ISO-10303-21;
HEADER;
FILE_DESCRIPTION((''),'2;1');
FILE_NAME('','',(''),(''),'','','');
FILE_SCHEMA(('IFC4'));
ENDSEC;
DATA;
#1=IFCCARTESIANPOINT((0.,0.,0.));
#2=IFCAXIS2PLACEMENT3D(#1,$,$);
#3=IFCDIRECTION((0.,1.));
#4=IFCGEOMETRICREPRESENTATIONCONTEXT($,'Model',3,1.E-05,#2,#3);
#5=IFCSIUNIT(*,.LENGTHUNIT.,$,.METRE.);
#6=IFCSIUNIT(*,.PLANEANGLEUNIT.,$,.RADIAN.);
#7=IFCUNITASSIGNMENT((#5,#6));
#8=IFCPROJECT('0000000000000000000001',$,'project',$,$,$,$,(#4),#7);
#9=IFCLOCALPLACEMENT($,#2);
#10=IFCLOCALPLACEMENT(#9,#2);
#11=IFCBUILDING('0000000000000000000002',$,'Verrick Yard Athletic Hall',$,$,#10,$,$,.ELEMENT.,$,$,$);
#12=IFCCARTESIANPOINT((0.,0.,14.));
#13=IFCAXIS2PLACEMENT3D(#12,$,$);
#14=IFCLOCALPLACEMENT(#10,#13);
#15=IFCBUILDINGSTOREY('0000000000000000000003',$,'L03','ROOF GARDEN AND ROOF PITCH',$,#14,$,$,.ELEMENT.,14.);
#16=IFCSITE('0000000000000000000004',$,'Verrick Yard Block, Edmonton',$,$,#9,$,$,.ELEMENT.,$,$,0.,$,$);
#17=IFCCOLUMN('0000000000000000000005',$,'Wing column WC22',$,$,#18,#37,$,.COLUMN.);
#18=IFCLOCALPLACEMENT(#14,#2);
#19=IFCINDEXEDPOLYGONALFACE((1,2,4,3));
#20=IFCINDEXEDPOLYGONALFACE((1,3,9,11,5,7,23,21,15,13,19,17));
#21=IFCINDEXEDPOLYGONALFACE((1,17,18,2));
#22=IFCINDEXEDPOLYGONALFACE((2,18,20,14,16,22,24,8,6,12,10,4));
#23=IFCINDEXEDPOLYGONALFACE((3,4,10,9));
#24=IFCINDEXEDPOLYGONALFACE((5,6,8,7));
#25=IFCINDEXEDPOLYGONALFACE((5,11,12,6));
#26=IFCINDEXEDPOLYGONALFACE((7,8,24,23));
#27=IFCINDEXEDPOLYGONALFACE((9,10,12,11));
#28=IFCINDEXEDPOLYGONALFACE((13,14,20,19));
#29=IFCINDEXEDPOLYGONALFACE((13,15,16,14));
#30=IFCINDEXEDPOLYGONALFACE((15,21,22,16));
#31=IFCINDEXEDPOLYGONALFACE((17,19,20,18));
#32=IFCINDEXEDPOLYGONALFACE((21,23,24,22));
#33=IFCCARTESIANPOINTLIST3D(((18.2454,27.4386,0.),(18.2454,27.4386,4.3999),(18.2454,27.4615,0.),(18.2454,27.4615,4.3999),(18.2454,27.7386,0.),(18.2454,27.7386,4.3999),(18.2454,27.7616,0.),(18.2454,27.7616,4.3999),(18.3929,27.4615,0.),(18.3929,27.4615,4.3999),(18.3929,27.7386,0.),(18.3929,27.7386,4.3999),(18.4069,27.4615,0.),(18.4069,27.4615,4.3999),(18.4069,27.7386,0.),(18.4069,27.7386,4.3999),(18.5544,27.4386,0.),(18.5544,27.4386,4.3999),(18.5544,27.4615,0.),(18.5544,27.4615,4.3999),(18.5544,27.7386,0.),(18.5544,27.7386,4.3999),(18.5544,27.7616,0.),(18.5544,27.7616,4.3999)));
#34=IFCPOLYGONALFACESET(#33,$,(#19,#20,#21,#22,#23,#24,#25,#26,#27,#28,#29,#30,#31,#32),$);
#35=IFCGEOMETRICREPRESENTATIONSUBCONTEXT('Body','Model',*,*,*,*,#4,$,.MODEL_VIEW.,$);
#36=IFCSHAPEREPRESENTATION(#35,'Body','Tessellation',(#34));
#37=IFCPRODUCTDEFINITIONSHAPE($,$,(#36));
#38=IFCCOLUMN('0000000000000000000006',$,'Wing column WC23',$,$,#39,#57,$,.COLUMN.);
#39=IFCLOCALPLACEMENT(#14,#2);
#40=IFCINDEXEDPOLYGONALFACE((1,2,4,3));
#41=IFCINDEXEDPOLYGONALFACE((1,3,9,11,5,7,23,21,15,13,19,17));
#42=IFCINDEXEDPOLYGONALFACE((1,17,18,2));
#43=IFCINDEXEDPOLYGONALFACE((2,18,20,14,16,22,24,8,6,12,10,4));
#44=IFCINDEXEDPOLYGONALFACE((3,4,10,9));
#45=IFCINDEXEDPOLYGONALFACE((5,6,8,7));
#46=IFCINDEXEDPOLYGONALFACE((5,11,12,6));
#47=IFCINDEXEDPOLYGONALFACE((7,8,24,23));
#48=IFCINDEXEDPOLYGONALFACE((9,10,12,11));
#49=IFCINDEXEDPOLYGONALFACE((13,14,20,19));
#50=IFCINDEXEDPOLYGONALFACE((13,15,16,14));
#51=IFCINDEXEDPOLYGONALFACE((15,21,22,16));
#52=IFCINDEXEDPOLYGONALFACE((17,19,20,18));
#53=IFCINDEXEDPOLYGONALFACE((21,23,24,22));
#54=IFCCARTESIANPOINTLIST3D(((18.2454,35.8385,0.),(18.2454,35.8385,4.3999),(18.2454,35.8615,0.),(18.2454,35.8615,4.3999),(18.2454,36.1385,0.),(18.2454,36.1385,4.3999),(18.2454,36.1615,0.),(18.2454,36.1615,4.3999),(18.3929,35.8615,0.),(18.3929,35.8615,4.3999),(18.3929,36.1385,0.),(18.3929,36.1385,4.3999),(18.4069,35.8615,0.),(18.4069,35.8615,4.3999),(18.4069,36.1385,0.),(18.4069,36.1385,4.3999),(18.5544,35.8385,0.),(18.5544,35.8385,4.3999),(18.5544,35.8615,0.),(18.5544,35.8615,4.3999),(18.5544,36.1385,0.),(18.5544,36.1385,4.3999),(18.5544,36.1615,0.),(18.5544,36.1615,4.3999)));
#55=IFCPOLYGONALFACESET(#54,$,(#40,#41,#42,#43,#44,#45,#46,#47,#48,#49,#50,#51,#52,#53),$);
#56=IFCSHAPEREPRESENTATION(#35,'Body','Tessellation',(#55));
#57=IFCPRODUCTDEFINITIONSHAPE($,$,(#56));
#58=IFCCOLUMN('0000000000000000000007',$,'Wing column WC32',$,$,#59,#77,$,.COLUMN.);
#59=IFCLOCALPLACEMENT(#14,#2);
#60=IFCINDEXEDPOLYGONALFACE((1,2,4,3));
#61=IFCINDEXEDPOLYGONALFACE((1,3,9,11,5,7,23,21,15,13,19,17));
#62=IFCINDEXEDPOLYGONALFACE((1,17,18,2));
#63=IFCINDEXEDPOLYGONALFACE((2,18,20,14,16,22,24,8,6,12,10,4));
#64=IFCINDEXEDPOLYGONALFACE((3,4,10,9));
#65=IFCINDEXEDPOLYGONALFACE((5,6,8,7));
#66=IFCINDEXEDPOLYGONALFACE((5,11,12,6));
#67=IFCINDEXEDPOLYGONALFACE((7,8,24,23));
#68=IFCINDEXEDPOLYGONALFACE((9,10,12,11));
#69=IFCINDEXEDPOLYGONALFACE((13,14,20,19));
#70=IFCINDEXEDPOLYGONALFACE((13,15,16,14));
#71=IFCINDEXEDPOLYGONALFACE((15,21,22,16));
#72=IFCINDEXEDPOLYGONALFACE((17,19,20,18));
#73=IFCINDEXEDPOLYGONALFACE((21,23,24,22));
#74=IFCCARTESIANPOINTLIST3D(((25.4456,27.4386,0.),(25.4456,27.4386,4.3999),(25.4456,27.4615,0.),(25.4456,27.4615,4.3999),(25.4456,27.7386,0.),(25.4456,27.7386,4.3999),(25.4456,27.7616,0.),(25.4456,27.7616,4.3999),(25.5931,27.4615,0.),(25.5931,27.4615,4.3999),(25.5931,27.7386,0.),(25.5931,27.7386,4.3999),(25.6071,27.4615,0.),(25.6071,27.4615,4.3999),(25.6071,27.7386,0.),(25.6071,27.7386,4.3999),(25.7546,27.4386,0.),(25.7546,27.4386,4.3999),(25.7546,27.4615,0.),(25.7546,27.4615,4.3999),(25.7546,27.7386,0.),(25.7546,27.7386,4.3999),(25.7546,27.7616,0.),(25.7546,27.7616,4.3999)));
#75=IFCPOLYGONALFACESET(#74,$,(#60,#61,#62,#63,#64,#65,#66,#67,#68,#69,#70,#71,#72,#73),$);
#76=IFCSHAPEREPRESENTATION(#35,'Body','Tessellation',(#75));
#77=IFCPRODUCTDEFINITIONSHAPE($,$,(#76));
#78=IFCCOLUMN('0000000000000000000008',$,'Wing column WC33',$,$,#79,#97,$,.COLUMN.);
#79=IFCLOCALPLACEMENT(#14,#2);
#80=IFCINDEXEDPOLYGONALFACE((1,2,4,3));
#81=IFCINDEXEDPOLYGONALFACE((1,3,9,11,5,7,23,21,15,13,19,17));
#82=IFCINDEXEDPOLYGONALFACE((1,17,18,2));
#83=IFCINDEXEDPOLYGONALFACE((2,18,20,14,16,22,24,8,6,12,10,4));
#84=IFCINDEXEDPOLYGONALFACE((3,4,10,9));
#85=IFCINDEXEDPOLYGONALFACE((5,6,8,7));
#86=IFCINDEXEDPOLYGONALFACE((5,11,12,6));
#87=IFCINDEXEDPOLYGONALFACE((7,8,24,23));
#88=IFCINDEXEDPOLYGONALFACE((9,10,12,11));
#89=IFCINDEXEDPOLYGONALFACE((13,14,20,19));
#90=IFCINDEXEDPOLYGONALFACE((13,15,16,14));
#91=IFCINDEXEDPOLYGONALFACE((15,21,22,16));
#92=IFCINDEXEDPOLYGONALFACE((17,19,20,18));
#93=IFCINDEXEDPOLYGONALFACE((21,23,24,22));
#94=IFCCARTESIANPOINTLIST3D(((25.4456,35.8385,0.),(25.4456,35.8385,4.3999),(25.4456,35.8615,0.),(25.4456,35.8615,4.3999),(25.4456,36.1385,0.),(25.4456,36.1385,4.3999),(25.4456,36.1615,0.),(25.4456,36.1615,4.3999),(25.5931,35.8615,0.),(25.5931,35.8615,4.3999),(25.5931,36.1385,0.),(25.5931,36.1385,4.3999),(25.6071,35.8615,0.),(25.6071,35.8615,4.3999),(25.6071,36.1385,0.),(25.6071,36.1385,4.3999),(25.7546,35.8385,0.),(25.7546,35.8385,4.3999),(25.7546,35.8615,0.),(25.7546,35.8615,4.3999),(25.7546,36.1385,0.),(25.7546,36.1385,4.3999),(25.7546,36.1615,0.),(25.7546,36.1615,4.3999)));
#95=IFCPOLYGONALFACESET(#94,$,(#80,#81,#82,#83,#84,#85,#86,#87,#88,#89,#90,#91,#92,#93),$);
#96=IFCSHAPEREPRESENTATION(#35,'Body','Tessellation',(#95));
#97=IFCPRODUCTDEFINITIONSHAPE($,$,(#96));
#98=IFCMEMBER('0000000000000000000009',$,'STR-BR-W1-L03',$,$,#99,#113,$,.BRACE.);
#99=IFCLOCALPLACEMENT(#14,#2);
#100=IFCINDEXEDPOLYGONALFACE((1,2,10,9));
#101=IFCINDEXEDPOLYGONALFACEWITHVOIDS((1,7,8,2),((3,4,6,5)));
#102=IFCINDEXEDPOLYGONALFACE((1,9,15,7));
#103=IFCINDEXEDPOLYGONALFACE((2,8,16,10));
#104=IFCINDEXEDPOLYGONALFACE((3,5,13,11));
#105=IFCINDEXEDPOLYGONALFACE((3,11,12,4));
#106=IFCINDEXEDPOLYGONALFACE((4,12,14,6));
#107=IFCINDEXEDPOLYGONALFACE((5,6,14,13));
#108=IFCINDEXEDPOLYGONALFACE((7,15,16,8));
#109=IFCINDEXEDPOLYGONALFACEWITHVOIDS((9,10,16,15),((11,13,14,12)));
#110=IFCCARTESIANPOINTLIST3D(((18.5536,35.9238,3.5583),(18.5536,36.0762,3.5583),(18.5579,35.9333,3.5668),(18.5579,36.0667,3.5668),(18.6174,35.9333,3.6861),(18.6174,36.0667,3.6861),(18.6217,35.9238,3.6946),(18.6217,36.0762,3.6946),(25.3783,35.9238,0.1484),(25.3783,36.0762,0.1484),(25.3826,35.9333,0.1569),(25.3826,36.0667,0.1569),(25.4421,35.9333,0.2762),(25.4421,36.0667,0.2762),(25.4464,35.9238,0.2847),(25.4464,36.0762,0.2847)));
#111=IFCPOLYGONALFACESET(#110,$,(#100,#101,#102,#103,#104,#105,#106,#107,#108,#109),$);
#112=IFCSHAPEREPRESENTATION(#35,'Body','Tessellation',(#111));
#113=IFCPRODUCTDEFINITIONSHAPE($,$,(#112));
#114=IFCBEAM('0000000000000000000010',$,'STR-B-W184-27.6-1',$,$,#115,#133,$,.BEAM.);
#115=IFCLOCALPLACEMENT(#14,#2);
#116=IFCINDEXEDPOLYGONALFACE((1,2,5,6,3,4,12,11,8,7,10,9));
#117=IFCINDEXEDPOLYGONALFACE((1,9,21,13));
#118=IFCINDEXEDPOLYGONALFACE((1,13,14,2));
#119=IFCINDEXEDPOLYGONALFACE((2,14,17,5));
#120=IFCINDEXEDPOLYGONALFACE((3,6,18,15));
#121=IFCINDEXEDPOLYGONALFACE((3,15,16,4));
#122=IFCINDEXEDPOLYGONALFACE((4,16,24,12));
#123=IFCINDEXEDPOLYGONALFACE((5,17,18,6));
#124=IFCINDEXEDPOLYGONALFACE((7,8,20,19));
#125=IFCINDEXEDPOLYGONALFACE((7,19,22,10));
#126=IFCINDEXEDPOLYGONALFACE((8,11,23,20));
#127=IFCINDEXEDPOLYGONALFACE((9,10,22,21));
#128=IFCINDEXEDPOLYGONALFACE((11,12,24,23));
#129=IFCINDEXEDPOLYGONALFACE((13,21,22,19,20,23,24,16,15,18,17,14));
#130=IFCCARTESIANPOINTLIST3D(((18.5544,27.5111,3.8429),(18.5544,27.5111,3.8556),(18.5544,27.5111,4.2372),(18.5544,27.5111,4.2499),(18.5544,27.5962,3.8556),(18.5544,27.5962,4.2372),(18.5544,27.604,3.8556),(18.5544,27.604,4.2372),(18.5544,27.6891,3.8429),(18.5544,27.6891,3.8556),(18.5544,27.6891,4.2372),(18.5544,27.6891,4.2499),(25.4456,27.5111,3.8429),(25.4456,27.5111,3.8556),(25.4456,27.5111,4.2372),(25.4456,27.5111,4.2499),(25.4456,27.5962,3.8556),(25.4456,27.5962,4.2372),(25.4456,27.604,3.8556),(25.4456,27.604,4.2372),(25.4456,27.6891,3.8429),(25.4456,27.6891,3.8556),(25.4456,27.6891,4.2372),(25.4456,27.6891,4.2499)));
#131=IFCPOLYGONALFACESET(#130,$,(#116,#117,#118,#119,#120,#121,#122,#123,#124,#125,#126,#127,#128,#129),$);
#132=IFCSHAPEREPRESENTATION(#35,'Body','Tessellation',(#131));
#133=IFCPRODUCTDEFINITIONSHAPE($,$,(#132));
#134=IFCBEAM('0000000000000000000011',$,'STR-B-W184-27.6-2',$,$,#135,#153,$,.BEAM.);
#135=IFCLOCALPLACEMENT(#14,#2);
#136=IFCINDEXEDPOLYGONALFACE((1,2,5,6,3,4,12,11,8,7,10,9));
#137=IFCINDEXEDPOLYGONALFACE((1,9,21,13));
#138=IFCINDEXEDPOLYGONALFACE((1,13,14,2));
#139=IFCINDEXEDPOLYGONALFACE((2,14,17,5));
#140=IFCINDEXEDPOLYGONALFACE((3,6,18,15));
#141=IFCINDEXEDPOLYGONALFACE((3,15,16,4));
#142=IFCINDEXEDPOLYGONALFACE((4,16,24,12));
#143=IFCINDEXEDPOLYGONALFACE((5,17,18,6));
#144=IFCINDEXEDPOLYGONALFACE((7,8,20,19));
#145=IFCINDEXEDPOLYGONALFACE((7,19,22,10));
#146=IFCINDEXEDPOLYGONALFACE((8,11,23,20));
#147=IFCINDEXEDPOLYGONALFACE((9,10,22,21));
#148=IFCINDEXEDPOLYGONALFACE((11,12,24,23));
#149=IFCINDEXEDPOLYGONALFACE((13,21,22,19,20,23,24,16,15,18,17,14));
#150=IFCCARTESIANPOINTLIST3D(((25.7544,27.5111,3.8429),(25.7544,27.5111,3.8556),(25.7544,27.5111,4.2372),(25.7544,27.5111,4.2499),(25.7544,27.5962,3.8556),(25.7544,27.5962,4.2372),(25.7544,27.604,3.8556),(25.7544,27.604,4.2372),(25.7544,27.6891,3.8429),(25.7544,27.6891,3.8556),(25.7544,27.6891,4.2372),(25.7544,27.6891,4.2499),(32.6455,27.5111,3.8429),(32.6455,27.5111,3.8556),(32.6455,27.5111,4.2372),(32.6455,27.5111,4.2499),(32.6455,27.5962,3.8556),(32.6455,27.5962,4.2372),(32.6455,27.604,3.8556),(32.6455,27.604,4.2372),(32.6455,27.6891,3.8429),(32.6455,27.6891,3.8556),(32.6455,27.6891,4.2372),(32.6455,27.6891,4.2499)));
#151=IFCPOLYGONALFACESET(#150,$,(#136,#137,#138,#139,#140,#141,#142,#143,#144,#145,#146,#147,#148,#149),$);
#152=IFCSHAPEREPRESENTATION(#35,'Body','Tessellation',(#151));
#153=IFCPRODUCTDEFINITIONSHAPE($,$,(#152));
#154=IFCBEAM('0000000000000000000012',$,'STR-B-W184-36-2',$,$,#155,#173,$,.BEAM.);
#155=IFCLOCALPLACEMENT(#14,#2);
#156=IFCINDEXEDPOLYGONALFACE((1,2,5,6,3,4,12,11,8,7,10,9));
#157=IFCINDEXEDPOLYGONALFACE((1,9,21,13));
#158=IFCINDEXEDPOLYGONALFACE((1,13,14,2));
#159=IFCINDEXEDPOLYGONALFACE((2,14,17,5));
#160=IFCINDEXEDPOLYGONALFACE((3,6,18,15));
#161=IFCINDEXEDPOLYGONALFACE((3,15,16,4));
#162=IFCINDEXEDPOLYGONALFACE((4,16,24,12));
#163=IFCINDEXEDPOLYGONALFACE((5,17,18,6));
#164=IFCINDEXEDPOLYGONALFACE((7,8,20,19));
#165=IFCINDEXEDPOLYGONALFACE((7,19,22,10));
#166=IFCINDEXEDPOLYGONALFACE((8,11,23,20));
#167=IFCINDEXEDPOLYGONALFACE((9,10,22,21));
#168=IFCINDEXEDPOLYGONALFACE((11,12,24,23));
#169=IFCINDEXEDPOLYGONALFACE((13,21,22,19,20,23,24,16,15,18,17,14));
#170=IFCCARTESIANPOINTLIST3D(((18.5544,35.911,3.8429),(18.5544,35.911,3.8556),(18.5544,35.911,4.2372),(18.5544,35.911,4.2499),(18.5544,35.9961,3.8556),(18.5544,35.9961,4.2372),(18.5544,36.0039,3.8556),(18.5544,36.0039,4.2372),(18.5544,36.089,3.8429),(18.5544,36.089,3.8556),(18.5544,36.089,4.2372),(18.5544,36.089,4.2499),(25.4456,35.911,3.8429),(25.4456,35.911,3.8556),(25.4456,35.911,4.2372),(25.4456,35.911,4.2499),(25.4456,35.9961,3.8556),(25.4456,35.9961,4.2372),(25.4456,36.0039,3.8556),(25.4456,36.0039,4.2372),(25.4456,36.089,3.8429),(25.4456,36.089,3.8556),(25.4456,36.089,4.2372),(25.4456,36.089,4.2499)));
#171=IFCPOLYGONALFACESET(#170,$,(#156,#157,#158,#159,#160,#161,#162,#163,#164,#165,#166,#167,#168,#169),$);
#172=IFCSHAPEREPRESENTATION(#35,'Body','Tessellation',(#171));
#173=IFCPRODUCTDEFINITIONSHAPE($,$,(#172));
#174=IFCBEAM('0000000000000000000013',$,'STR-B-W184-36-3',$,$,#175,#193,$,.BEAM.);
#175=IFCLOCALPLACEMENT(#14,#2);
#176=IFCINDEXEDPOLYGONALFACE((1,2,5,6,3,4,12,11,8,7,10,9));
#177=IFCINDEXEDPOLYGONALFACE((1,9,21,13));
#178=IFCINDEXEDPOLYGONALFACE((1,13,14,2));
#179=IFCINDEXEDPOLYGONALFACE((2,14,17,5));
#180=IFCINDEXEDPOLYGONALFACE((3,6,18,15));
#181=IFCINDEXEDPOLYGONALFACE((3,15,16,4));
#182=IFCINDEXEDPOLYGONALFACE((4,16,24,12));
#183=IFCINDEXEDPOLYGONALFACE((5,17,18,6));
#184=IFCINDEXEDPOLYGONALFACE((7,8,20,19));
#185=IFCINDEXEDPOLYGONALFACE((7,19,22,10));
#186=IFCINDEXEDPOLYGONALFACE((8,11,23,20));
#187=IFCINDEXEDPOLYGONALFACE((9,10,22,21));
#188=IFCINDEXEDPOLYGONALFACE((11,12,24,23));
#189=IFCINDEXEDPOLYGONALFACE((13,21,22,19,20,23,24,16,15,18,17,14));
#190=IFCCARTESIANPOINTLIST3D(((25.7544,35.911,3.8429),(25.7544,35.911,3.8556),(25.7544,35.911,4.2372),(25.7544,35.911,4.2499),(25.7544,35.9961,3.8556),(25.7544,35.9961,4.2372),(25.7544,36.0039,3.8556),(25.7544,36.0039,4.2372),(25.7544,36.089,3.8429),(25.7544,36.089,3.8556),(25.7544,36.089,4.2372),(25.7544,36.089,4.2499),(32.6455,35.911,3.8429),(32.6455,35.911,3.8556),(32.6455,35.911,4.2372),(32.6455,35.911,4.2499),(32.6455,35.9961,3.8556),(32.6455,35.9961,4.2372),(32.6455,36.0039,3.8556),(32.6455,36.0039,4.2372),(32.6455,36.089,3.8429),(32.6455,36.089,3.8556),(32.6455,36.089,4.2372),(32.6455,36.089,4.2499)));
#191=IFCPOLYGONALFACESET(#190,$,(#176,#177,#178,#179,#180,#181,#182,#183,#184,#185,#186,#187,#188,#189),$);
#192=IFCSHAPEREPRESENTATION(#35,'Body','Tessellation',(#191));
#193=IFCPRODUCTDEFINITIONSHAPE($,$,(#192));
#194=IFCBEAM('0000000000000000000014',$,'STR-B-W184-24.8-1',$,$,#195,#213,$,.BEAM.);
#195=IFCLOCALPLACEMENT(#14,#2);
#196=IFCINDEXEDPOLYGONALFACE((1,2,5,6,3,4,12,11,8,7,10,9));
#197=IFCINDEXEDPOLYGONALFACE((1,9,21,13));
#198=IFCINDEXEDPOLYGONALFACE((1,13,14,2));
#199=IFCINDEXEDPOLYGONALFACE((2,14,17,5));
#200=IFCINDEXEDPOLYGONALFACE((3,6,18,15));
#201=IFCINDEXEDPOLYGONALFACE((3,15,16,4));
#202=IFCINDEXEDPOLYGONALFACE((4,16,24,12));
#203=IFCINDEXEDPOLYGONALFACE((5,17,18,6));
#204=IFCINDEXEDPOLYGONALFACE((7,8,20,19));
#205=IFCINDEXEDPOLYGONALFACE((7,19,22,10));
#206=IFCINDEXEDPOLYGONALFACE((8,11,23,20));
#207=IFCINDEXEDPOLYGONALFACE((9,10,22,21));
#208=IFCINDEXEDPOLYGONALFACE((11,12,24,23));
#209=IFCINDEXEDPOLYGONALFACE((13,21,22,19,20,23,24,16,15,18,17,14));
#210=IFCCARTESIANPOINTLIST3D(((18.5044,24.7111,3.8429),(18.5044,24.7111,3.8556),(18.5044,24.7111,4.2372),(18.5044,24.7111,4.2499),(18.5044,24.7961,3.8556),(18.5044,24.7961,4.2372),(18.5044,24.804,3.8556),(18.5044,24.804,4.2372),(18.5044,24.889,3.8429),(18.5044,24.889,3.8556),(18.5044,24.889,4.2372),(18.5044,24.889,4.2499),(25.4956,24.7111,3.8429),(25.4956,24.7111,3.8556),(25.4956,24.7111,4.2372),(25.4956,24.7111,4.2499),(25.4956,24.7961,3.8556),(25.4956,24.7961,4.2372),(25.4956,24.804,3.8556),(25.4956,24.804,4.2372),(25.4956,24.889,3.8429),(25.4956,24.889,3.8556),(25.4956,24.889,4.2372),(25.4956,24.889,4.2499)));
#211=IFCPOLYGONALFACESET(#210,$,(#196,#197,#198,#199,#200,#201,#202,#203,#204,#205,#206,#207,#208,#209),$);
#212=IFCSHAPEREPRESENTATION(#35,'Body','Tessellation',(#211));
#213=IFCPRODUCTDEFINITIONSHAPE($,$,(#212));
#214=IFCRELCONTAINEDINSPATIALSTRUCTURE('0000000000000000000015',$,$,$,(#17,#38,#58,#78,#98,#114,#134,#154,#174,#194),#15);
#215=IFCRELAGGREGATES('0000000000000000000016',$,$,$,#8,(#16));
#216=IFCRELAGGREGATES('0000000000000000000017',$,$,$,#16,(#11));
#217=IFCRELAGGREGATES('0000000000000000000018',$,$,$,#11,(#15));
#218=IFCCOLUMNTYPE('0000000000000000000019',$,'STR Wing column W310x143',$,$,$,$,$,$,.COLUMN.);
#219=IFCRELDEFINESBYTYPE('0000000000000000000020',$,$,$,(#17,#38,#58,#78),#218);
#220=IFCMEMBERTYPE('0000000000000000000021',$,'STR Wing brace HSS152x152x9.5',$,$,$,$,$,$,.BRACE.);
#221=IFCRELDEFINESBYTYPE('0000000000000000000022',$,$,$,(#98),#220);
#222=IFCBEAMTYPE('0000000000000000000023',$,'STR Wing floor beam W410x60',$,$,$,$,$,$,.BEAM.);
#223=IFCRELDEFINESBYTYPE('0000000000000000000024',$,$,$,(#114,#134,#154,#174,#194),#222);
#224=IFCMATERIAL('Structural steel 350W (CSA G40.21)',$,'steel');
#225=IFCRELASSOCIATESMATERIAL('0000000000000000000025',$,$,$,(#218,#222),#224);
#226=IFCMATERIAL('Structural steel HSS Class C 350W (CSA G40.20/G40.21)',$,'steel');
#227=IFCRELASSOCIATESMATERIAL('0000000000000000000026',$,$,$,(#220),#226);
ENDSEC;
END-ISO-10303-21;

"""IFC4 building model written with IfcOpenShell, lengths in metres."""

from ifc_helpers import new_model, si_unit, direction, frame, origin, origin_2d, place, context, subcontext, project, spatial, hollow_rectangle, i_section, extrude, material, material_profile, profile_set, type_object, element, save


model = new_model("IFC4")

# Units and contexts
model_context = context("Model", 3, precision=1e-05, world=origin(), true_north=direction((0.0, 1.0)))
body_context = subcontext(model_context, "Body", "Model", "MODEL_VIEW")
ifc_project = project(units=[si_unit("LENGTHUNIT", "METRE"), si_unit("PLANEANGLEUNIT", "RADIAN")], contexts=[model_context])

# Site, building, storey
site_placement = place(None, origin())
site = spatial("IfcSite", under=ifc_project, at=site_placement, Name="Verrick Yard Block, Edmonton", CompositionType="ELEMENT", RefElevation=0.0)
building_placement = place(site_placement, origin())
building = spatial("IfcBuilding", under=site, at=building_placement, Name="Verrick Yard Athletic Hall", CompositionType="ELEMENT")
storey_placement = place(building_placement, frame((0.0, 0.0, 14.0)))
storey = spatial("IfcBuildingStorey", under=building, at=storey_placement, Name="L03", Description="ROOF GARDEN AND ROOF PITCH", CompositionType="ELEMENT", Elevation=14.0)

# Columns
ifc_material_1 = material(Name="Structural steel 350W (CSA G40.21)", Category="steel")
ifc_material_profile_1 = material_profile(ifc_material_1, i_section(OverallWidth=0.3091, OverallDepth=0.323, WebThickness=0.0139, FlangeThickness=0.0229, at=origin_2d()), Name="W310x143")
ifc_profile_set_1 = profile_set([ifc_material_profile_1], Name="Structural steel 350W (CSA G40.21)")
column_type = type_object("IfcColumnType", Name="STR Wing column W310x143", PredefinedType="COLUMN", material=ifc_profile_set_1)
for number, where, z_axis, x_axis, name in (
    (1, (18.3999, 27.6001, 0.0), (0.0, 0.0, 1.0), (1.0, 0.0, 0.0), "Wing column WC22"),
    (2, (18.3999, 36.0, 0.0), (0.0, 0.0, 1.0), (1.0, 0.0, 0.0), "Wing column WC23"),
    (3, (25.6001, 27.6001, 0.0), (0.0, 0.0, 1.0), (1.0, 0.0, 0.0), "Wing column WC32"),
    (4, (25.6001, 36.0, 0.0), (0.0, 0.0, 1.0), (1.0, 0.0, 0.0), "Wing column WC33"),
):
    element("IfcColumn", number, at=place(storey_placement, frame(where, z_axis=z_axis, x_axis=x_axis)), inside=storey, type_object=column_type, Name=name, PredefinedType="COLUMN", context=body_context, shape_type="SweptSolid", body=[
        extrude(i_section(OverallWidth=0.3091, OverallDepth=0.323, WebThickness=0.0139, FlangeThickness=0.0229, at=origin_2d()), origin(), (0.0, 0.0, 1.0), 4.3999),
    ])

# Member
ifc_material_2 = material(Name="Structural steel HSS Class C 350W (CSA G40.20/G40.21)", Category="steel")
ifc_material_profile_2 = material_profile(ifc_material_2, hollow_rectangle(XDim=0.1523, YDim=0.1523, WallThickness=0.0095, at=origin_2d()), Name="HSS152x152x9.5")
ifc_profile_set_2 = profile_set([ifc_material_profile_2], Name="Structural steel HSS Class C 350W (CSA G40.20/G40.21)")
member_type = type_object("IfcMemberType", Name="STR Wing brace HSS152x152x9.5", PredefinedType="BRACE", material=ifc_profile_set_2)
member_placement = place(storey_placement, frame((18.5876, 36.0, 3.6265), z_axis=(0.894555, 0.0, -0.446958), x_axis=(0.0, 1.0, 0.0)))
element("IfcMember", 5, at=member_placement, inside=storey, type_object=member_type, Name="STR-BR-W1-L03", PredefinedType="BRACE", context=body_context, shape_type="SweptSolid", body=[
    extrude(hollow_rectangle(XDim=0.1523, YDim=0.1523, WallThickness=0.0095, at=origin_2d()), origin(), (0.0, 0.0, 1.0), 7.6292),
])

# Beams
ifc_material_profile_3 = material_profile(ifc_material_1, i_section(OverallWidth=0.178, OverallDepth=0.407, WebThickness=0.0078, FlangeThickness=0.0127, at=origin_2d()), Name="W410x60")
ifc_profile_set_3 = profile_set([ifc_material_profile_3], Name="Structural steel 350W (CSA G40.21)")
beam_type_1 = type_object("IfcBeamType", Name="STR Wing floor beam W410x60", PredefinedType="BEAM", material=ifc_profile_set_3)
for number, where, z_axis, x_axis, name in (
    (6, (18.5544, 27.6001, 4.0464), (1.0, 0.0, 0.0), (0.0, 1.0, 0.0), "STR-B-W184-27.6-1"),
    (7, (25.7544, 27.6001, 4.0464), (1.0, 0.0, 0.0), (0.0, 1.0, 0.0), "STR-B-W184-27.6-2"),
    (8, (18.5544, 36.0, 4.0464), (1.0, 0.0, 0.0), (0.0, 1.0, 0.0), "STR-B-W184-36-2"),
    (9, (25.7544, 36.0, 4.0464), (1.0, 0.0, 0.0), (0.0, 1.0, 0.0), "STR-B-W184-36-3"),
):
    element("IfcBeam", number, at=place(storey_placement, frame(where, z_axis=z_axis, x_axis=x_axis)), inside=storey, type_object=beam_type_1, Name=name, PredefinedType="BEAM", context=body_context, shape_type="SweptSolid", body=[
        extrude(i_section(OverallWidth=0.178, OverallDepth=0.407, WebThickness=0.0078, FlangeThickness=0.0127, at=origin_2d()), origin(), (0.0, 0.0, 1.0), 6.8911),
    ])
beam_1_placement = place(storey_placement, frame((18.5044, 24.8, 4.0464), z_axis=(1.0, 0.0, 0.0), x_axis=(0.0, 1.0, 0.0)))
element("IfcBeam", 10, at=beam_1_placement, inside=storey, type_object=beam_type_1, Name="STR-B-W184-24.8-1", PredefinedType="BEAM", context=body_context, shape_type="SweptSolid", body=[
    extrude(i_section(OverallWidth=0.178, OverallDepth=0.407, WebThickness=0.0078, FlangeThickness=0.0127, at=origin_2d()), origin(), (0.0, 0.0, 1.0), 6.9912),
])

save(model, "model.ifc")
